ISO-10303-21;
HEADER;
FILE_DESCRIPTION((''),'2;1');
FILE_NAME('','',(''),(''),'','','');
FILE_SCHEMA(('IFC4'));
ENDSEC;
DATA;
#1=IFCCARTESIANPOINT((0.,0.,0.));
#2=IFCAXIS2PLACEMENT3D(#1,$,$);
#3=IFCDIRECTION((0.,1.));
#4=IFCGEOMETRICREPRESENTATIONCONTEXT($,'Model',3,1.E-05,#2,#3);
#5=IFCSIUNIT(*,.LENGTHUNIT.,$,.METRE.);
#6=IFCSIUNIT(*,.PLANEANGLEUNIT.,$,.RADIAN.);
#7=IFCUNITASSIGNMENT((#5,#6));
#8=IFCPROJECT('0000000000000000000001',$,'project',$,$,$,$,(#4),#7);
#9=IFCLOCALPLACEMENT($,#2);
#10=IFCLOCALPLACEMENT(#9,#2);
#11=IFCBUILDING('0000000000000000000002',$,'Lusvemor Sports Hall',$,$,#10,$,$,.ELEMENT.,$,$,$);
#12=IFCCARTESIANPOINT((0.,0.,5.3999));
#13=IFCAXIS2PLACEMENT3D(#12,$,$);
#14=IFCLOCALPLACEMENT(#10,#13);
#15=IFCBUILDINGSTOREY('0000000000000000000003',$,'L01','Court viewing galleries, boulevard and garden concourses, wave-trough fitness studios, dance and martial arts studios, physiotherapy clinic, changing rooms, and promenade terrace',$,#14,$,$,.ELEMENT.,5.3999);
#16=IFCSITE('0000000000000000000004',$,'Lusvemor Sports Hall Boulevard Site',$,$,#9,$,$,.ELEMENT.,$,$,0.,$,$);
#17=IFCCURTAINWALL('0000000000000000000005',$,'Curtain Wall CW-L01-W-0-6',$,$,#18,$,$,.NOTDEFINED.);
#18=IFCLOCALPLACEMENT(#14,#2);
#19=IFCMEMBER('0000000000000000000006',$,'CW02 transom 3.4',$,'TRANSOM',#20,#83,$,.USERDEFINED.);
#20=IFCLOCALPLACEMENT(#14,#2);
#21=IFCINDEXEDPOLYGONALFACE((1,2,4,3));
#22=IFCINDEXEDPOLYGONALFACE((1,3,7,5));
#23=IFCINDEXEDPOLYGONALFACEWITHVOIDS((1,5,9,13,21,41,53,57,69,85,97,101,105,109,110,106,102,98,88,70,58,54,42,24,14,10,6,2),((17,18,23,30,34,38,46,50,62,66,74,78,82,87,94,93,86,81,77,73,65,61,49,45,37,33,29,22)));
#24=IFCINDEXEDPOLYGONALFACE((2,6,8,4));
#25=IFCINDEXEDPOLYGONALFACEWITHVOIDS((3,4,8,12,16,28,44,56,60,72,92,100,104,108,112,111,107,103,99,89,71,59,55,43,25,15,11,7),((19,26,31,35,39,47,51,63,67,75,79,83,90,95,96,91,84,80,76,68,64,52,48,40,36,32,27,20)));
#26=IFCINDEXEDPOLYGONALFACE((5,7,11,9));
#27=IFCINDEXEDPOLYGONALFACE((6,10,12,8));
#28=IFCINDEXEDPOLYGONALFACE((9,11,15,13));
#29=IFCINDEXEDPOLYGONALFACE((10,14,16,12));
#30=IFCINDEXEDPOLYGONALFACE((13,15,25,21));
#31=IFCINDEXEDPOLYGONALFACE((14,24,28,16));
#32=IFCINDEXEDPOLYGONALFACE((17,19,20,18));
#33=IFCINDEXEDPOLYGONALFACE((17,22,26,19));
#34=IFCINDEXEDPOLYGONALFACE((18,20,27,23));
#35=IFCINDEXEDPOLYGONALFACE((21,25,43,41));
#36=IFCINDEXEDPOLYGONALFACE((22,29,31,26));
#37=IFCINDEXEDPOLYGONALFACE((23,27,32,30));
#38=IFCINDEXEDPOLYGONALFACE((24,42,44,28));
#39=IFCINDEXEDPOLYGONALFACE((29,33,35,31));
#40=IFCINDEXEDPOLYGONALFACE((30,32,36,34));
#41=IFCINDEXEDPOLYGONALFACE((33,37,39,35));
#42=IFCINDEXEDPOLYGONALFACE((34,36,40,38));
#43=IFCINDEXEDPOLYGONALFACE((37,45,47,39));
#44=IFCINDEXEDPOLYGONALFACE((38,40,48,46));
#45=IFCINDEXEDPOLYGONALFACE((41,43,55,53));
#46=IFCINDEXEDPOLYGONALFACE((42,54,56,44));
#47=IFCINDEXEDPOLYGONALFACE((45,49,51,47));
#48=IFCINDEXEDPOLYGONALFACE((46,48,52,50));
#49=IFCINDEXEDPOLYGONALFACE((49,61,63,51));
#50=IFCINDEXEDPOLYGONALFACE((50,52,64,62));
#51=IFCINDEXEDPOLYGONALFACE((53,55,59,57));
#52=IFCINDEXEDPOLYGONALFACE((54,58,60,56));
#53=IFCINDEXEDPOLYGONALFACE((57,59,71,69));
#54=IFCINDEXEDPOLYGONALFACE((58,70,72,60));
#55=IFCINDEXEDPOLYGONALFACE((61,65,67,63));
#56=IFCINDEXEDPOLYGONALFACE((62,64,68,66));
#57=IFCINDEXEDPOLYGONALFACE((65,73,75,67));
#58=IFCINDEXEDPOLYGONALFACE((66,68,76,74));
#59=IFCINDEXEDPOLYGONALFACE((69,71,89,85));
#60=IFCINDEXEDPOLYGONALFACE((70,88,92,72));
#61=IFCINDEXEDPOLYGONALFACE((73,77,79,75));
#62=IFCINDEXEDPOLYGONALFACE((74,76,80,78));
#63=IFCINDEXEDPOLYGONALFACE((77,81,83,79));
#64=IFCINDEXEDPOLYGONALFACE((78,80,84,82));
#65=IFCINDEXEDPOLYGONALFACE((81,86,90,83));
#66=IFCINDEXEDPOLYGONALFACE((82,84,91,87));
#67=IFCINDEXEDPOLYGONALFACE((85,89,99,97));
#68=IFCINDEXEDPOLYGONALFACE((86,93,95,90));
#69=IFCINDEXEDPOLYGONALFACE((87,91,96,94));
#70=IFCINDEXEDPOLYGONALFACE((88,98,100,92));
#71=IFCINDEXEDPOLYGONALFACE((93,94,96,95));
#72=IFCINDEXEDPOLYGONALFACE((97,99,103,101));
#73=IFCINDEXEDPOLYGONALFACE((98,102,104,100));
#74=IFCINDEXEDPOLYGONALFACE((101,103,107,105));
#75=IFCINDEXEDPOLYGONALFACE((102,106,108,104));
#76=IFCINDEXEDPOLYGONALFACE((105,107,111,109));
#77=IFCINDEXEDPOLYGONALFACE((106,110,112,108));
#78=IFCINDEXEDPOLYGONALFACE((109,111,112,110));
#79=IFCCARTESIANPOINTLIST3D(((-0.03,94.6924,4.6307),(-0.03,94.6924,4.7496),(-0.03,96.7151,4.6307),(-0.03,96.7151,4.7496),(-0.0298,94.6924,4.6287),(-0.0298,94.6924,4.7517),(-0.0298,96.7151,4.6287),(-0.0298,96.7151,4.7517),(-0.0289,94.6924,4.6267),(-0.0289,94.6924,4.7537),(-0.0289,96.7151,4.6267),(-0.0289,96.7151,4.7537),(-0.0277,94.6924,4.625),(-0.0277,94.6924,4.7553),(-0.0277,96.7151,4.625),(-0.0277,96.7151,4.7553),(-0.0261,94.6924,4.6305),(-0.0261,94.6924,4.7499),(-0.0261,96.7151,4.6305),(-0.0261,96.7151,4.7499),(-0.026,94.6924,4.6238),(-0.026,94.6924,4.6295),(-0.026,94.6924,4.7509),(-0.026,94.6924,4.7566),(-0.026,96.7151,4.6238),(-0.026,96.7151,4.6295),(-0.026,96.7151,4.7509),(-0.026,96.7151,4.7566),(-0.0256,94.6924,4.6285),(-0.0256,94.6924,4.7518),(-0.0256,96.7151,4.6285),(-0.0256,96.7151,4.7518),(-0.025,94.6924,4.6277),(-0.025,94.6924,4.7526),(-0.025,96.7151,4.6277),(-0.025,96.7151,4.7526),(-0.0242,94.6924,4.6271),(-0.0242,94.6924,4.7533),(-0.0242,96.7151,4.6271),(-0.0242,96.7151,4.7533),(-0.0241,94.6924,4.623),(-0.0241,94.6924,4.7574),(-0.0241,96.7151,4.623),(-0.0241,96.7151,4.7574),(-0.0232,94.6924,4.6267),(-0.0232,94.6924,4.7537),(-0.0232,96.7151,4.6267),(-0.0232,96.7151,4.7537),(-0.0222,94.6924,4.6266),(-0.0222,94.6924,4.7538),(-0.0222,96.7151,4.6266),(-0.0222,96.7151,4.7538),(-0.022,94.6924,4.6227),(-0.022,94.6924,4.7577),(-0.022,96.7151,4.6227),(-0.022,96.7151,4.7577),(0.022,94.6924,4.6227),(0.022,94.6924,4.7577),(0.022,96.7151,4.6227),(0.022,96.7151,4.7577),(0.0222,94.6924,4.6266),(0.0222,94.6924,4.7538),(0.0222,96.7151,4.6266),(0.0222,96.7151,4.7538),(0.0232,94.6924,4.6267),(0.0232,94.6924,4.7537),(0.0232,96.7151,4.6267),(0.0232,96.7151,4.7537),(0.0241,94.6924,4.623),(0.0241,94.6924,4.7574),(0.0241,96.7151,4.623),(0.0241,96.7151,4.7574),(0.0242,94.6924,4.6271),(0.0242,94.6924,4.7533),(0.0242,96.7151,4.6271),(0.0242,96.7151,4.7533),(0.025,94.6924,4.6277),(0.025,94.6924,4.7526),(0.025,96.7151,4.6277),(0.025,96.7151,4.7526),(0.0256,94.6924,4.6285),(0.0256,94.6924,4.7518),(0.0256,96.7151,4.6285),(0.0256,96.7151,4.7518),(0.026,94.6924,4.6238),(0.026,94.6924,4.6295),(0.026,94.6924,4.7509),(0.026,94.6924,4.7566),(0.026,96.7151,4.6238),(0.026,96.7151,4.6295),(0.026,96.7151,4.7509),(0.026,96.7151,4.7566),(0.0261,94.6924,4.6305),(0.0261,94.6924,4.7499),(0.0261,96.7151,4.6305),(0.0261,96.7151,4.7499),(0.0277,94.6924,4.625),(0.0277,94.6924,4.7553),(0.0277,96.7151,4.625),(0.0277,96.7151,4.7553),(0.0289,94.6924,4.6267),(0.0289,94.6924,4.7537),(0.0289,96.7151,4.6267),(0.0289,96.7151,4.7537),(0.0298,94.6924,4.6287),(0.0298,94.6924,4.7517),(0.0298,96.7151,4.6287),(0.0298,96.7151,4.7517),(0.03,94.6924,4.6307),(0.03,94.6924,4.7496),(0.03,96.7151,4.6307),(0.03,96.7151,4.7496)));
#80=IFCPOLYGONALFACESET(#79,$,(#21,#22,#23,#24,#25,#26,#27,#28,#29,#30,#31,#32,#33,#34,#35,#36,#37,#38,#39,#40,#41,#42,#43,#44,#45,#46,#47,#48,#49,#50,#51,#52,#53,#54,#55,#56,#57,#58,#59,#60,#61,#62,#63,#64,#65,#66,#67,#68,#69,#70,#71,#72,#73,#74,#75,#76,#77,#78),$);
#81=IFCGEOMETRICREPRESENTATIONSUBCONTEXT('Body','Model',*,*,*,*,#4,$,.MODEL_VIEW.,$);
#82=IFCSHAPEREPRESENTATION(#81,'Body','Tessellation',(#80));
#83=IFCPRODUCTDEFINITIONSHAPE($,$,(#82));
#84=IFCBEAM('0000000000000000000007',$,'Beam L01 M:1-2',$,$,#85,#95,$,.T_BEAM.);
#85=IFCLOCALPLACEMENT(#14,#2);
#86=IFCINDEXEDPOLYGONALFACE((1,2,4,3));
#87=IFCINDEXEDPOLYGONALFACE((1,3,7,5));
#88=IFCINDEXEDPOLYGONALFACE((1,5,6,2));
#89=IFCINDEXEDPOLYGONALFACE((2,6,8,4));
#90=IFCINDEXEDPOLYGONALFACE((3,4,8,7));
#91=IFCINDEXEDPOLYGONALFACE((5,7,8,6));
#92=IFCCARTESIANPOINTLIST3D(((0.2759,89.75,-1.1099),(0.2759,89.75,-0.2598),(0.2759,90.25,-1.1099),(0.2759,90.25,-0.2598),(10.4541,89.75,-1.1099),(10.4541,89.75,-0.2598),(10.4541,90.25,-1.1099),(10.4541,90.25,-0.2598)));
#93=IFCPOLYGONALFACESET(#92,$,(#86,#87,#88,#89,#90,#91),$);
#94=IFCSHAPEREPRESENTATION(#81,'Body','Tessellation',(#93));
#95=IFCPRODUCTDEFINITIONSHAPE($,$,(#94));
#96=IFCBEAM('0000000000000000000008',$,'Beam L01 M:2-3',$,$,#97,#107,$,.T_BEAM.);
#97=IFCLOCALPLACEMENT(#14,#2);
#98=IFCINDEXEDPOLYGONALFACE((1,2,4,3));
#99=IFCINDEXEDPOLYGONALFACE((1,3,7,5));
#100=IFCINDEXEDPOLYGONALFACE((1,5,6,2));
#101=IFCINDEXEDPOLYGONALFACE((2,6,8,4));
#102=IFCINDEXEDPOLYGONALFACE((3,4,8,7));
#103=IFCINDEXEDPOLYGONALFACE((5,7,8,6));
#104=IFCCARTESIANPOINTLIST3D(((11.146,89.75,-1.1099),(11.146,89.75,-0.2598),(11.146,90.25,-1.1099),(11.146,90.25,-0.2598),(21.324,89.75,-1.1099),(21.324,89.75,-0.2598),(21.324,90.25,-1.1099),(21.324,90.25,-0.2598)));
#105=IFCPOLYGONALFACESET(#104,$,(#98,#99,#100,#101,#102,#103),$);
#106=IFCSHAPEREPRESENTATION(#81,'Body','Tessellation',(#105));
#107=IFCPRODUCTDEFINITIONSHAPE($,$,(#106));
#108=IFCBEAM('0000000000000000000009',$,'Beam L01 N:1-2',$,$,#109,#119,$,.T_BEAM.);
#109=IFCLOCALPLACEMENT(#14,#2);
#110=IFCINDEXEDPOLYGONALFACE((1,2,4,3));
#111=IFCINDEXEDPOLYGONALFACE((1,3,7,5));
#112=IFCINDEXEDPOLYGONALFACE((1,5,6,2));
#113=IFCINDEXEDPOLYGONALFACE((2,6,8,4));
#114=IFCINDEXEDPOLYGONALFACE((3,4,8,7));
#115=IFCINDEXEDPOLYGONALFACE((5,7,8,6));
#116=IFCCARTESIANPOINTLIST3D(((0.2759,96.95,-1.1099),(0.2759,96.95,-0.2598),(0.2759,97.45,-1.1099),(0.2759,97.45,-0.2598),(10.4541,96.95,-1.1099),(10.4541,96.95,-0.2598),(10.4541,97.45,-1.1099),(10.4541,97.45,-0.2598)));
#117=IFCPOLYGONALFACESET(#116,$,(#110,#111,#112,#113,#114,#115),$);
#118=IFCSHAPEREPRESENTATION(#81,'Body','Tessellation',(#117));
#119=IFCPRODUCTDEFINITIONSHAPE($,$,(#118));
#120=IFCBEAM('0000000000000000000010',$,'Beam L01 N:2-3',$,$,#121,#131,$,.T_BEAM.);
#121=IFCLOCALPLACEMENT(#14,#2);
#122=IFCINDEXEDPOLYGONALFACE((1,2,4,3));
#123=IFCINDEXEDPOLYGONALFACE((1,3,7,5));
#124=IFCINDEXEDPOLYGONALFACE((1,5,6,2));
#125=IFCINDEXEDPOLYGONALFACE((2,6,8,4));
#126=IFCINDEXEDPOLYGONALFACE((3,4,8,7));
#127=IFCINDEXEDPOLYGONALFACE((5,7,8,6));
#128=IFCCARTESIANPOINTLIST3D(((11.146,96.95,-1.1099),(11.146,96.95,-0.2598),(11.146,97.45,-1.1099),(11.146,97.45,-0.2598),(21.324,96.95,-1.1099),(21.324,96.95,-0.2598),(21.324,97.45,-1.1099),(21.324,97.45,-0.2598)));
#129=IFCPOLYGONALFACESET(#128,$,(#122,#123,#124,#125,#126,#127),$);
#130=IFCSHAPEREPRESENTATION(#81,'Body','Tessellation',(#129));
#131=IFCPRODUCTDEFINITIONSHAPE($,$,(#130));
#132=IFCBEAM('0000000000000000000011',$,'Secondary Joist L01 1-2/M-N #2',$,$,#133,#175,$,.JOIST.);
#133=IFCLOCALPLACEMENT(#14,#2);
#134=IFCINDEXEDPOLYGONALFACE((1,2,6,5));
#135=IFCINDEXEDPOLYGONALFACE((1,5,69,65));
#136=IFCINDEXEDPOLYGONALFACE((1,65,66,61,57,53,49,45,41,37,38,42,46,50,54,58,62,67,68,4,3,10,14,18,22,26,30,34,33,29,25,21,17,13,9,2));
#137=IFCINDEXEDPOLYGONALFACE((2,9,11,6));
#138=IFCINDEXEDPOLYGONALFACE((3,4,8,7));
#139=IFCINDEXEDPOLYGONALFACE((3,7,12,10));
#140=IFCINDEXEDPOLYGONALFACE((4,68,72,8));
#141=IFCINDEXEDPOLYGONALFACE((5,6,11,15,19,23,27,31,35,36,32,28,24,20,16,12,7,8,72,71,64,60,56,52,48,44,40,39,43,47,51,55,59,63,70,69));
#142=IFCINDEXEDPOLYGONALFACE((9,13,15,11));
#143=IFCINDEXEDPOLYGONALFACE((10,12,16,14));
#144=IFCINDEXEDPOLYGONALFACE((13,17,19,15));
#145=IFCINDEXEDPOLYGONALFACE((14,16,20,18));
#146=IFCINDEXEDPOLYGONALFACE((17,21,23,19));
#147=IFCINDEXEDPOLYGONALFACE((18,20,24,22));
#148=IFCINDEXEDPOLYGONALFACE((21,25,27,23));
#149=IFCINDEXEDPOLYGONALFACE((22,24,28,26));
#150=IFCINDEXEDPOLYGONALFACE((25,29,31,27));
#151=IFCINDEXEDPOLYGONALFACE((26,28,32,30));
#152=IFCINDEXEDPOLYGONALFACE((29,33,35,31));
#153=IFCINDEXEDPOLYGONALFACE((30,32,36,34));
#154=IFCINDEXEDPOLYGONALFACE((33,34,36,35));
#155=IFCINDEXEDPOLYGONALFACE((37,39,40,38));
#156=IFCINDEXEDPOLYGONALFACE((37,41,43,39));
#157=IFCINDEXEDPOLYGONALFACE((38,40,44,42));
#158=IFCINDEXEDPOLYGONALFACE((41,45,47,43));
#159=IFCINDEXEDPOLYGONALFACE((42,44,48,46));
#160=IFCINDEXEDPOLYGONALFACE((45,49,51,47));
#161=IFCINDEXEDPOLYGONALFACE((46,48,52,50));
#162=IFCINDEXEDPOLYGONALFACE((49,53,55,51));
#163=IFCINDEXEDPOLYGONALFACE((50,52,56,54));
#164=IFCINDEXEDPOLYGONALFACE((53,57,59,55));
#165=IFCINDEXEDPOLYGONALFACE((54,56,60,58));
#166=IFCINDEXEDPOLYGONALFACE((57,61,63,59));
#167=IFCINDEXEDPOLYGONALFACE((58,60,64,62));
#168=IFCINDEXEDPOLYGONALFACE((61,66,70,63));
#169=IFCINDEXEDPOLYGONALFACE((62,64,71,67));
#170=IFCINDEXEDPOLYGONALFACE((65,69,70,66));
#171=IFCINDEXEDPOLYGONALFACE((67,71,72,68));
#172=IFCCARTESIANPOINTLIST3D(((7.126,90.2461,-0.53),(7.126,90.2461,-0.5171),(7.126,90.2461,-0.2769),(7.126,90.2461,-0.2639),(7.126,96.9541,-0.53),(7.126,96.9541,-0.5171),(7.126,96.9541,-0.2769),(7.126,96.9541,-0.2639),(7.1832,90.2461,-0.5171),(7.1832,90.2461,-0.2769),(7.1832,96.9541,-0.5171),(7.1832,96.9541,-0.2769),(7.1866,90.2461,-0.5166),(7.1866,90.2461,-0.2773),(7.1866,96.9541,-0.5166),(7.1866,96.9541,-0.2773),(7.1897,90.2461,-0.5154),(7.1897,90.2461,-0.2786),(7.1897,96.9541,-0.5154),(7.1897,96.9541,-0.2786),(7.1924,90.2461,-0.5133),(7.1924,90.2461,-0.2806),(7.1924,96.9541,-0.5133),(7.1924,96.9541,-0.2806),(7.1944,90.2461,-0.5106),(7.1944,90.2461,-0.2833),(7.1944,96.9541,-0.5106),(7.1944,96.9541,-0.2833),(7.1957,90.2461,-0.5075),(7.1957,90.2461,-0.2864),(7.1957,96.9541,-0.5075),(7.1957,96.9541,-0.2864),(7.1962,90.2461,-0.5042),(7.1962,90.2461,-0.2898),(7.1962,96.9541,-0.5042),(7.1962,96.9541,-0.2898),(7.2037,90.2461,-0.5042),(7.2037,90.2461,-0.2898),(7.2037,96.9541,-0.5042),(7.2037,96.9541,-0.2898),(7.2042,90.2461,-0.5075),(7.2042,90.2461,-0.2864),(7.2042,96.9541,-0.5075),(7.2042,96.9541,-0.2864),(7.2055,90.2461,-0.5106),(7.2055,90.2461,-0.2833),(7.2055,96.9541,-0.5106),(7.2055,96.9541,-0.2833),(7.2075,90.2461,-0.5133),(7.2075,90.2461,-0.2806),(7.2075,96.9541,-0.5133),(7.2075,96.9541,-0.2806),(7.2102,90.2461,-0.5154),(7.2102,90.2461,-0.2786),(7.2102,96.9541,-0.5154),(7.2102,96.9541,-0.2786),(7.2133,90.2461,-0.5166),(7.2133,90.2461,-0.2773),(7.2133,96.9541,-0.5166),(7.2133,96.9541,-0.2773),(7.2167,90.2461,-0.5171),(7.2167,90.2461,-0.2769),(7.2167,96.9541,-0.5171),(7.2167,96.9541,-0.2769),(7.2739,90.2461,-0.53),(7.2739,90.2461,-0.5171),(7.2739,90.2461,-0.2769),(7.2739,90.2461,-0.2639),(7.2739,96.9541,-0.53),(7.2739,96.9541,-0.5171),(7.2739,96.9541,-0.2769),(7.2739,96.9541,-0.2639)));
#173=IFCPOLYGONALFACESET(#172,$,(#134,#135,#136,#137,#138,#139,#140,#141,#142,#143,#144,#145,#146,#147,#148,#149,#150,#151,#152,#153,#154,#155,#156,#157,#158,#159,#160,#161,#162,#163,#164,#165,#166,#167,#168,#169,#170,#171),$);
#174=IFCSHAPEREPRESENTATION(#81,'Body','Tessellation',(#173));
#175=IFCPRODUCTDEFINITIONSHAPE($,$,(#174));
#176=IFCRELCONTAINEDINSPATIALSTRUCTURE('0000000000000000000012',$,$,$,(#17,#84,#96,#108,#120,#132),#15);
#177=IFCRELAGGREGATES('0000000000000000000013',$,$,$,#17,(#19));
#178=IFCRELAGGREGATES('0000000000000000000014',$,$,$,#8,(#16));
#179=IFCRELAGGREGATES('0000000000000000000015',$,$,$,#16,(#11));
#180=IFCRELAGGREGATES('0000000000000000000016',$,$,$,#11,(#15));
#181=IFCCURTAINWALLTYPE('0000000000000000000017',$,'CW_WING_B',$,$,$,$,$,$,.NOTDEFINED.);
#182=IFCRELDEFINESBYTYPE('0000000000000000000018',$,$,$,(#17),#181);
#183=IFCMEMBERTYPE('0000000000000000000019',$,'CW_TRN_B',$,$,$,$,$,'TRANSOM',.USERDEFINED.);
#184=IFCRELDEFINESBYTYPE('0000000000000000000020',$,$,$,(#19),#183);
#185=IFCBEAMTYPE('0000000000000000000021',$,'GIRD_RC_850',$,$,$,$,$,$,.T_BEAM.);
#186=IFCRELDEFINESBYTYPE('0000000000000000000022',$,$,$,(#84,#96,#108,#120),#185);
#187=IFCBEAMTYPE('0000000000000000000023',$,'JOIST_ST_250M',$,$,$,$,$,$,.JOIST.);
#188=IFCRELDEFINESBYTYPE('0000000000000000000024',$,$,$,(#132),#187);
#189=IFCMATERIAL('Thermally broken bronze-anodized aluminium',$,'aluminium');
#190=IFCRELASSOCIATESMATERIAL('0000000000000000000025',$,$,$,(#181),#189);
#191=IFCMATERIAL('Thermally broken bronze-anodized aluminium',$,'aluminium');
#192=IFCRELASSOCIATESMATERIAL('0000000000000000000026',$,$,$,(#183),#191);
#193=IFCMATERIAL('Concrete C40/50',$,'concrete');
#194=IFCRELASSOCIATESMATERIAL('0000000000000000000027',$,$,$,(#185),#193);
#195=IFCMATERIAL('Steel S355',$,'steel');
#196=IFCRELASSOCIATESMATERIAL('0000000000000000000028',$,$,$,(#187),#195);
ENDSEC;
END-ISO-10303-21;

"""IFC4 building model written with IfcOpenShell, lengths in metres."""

from ifc_helpers import new_model, si_unit, direction, frame, origin, origin_2d, place, context, subcontext, project, spatial, rectangle, hollow_rectangle, i_section, extrude, material, material_profile, profile_set, type_object, element, aggregate, save


model = new_model("IFC4")

# Units and contexts
model_context = context("Model", 3, precision=1e-05, world=origin(), true_north=direction((0.0, 1.0)))
body_context = subcontext(model_context, "Body", "Model", "MODEL_VIEW")
ifc_project = project(units=[si_unit("LENGTHUNIT", "METRE"), si_unit("PLANEANGLEUNIT", "RADIAN")], contexts=[model_context])

# Site, building, storey
site_placement = place(None, origin())
site = spatial("IfcSite", under=ifc_project, at=site_placement, Name="Lusvemor Sports Hall Boulevard Site", CompositionType="ELEMENT", RefElevation=0.0)
building_placement = place(site_placement, origin())
building = spatial("IfcBuilding", under=site, at=building_placement, Name="Lusvemor Sports Hall", CompositionType="ELEMENT")
storey_placement = place(building_placement, frame((0.0, 0.0, 5.3999)))
storey = spatial("IfcBuildingStorey", under=building, at=storey_placement, Name="L01", Description="Court viewing galleries, boulevard and garden concourses, wave-trough fitness studios, dance and martial arts studios, physiotherapy clinic, changing rooms, and promenade terrace", CompositionType="ELEMENT", Elevation=5.3999)

# Curtain wall, member
ifc_material_1 = material(Name="Thermally broken bronze-anodized aluminium", Category="aluminium")
curtain_wall_type = type_object("IfcCurtainWallType", Name="CW_WING_B", PredefinedType="NOTDEFINED", material=ifc_material_1)
curtain_wall_placement = place(storey_placement, origin())
curtain_wall = element("IfcCurtainWall", 1, at=curtain_wall_placement, inside=storey, type_object=curtain_wall_type, Name="Curtain Wall CW-L01-W-0-6", PredefinedType="NOTDEFINED")
ifc_material_2 = material(Name="Thermally broken bronze-anodized aluminium", Category="aluminium")
ifc_material_profile_1 = material_profile(ifc_material_2, hollow_rectangle(XDim=0.0601, YDim=0.135, WallThickness=0.0039, InnerFilletRadius=0.0039, OuterFilletRadius=0.0081, at=origin_2d()), Name="CWTRN135x60x4")
ifc_profile_set_1 = profile_set([ifc_material_profile_1], Name="Thermally broken bronze-anodized aluminium")
member_type_1 = type_object("IfcMemberType", Name="CW_TRN_B", ElementType="TRANSOM", PredefinedType="USERDEFINED", material=ifc_profile_set_1)
member_1_placement = place(storey_placement, frame((0.0, 94.6924, 4.6902), z_axis=(0.0, 1.0, 0.0), x_axis=(-1.0, 0.0, 0.0)))
member_1 = element("IfcMember", 2, at=member_1_placement, type_object=member_type_1, Name="CW02 transom 3.4", ObjectType="TRANSOM", PredefinedType="USERDEFINED", context=body_context, shape_type="SweptSolid", body=[
    extrude(hollow_rectangle(XDim=0.0601, YDim=0.135, WallThickness=0.0039, InnerFilletRadius=0.0039, OuterFilletRadius=0.0081, at=origin_2d()), origin(), (0.0, 0.0, 1.0), 2.0227),
])

# Beams
ifc_material_3 = material(Name="Concrete C40/50", Category="concrete")
ifc_material_profile_2 = material_profile(ifc_material_3, rectangle(XDim=0.5, YDim=0.8501, at=origin_2d()), Name="RC500x850")
ifc_profile_set_2 = profile_set([ifc_material_profile_2], Name="Concrete C40/50")
beam_type_1 = type_object("IfcBeamType", Name="GIRD_RC_850", PredefinedType="T_BEAM", material=ifc_profile_set_2)
beam_1_placement = place(storey_placement, frame((0.2759, 90.0, -0.6848), z_axis=(1.0, 0.0, 0.0), x_axis=(0.0, 1.0, 0.0)))
element("IfcBeam", 3, at=beam_1_placement, inside=storey, type_object=beam_type_1, Name="Beam L01 M:1-2", PredefinedType="T_BEAM", context=body_context, shape_type="SweptSolid", body=[
    extrude(rectangle(XDim=0.5, YDim=0.8501, at=origin_2d()), origin(), (0.0, 0.0, 1.0), 10.1782),
])
beam_2_placement = place(storey_placement, frame((11.146, 90.0, -0.6848), z_axis=(1.0, 0.0, 0.0), x_axis=(0.0, 1.0, 0.0)))
element("IfcBeam", 4, at=beam_2_placement, inside=storey, type_object=beam_type_1, Name="Beam L01 M:2-3", PredefinedType="T_BEAM", context=body_context, shape_type="SweptSolid", body=[
    extrude(rectangle(XDim=0.5, YDim=0.8501, at=origin_2d()), origin(), (0.0, 0.0, 1.0), 10.178),
])
beam_3_placement = place(storey_placement, frame((0.2759, 97.2, -0.6848), z_axis=(1.0, 0.0, 0.0), x_axis=(0.0, 1.0, 0.0)))
element("IfcBeam", 5, at=beam_3_placement, inside=storey, type_object=beam_type_1, Name="Beam L01 N:1-2", PredefinedType="T_BEAM", context=body_context, shape_type="SweptSolid", body=[
    extrude(rectangle(XDim=0.5, YDim=0.8501, at=origin_2d()), origin(), (0.0, 0.0, 1.0), 10.1782),
])
beam_4_placement = place(storey_placement, frame((11.146, 97.2, -0.6848), z_axis=(1.0, 0.0, 0.0), x_axis=(0.0, 1.0, 0.0)))
element("IfcBeam", 6, at=beam_4_placement, inside=storey, type_object=beam_type_1, Name="Beam L01 N:2-3", PredefinedType="T_BEAM", context=body_context, shape_type="SweptSolid", body=[
    extrude(rectangle(XDim=0.5, YDim=0.8501, at=origin_2d()), origin(), (0.0, 0.0, 1.0), 10.178),
])
ifc_material_4 = material(Name="Steel S355", Category="steel")
ifc_material_profile_3 = material_profile(ifc_material_4, i_section(OverallWidth=0.1479, OverallDepth=0.2661, WebThickness=0.0076, FlangeThickness=0.0129, FilletRadius=0.0129, at=origin_2d()), Name="W250x44.8")
ifc_profile_set_3 = profile_set([ifc_material_profile_3], Name="Steel S355")
beam_type_2 = type_object("IfcBeamType", Name="JOIST_ST_250M", PredefinedType="JOIST", material=ifc_profile_set_3)
beam_5_placement = place(storey_placement, frame((7.2, 90.2461, -0.397), z_axis=(0.0, 1.0, 0.0), x_axis=(-1.0, 0.0, 0.0)))
element("IfcBeam", 7, at=beam_5_placement, inside=storey, type_object=beam_type_2, Name="Secondary Joist L01 1-2/M-N #2", PredefinedType="JOIST", context=body_context, shape_type="SweptSolid", body=[
    extrude(i_section(OverallWidth=0.1479, OverallDepth=0.2661, WebThickness=0.0076, FlangeThickness=0.0129, FilletRadius=0.0129, at=origin_2d()), origin(), (0.0, 0.0, 1.0), 6.708),
])

aggregate(curtain_wall, [member_1])

save(model, "model.ifc")
